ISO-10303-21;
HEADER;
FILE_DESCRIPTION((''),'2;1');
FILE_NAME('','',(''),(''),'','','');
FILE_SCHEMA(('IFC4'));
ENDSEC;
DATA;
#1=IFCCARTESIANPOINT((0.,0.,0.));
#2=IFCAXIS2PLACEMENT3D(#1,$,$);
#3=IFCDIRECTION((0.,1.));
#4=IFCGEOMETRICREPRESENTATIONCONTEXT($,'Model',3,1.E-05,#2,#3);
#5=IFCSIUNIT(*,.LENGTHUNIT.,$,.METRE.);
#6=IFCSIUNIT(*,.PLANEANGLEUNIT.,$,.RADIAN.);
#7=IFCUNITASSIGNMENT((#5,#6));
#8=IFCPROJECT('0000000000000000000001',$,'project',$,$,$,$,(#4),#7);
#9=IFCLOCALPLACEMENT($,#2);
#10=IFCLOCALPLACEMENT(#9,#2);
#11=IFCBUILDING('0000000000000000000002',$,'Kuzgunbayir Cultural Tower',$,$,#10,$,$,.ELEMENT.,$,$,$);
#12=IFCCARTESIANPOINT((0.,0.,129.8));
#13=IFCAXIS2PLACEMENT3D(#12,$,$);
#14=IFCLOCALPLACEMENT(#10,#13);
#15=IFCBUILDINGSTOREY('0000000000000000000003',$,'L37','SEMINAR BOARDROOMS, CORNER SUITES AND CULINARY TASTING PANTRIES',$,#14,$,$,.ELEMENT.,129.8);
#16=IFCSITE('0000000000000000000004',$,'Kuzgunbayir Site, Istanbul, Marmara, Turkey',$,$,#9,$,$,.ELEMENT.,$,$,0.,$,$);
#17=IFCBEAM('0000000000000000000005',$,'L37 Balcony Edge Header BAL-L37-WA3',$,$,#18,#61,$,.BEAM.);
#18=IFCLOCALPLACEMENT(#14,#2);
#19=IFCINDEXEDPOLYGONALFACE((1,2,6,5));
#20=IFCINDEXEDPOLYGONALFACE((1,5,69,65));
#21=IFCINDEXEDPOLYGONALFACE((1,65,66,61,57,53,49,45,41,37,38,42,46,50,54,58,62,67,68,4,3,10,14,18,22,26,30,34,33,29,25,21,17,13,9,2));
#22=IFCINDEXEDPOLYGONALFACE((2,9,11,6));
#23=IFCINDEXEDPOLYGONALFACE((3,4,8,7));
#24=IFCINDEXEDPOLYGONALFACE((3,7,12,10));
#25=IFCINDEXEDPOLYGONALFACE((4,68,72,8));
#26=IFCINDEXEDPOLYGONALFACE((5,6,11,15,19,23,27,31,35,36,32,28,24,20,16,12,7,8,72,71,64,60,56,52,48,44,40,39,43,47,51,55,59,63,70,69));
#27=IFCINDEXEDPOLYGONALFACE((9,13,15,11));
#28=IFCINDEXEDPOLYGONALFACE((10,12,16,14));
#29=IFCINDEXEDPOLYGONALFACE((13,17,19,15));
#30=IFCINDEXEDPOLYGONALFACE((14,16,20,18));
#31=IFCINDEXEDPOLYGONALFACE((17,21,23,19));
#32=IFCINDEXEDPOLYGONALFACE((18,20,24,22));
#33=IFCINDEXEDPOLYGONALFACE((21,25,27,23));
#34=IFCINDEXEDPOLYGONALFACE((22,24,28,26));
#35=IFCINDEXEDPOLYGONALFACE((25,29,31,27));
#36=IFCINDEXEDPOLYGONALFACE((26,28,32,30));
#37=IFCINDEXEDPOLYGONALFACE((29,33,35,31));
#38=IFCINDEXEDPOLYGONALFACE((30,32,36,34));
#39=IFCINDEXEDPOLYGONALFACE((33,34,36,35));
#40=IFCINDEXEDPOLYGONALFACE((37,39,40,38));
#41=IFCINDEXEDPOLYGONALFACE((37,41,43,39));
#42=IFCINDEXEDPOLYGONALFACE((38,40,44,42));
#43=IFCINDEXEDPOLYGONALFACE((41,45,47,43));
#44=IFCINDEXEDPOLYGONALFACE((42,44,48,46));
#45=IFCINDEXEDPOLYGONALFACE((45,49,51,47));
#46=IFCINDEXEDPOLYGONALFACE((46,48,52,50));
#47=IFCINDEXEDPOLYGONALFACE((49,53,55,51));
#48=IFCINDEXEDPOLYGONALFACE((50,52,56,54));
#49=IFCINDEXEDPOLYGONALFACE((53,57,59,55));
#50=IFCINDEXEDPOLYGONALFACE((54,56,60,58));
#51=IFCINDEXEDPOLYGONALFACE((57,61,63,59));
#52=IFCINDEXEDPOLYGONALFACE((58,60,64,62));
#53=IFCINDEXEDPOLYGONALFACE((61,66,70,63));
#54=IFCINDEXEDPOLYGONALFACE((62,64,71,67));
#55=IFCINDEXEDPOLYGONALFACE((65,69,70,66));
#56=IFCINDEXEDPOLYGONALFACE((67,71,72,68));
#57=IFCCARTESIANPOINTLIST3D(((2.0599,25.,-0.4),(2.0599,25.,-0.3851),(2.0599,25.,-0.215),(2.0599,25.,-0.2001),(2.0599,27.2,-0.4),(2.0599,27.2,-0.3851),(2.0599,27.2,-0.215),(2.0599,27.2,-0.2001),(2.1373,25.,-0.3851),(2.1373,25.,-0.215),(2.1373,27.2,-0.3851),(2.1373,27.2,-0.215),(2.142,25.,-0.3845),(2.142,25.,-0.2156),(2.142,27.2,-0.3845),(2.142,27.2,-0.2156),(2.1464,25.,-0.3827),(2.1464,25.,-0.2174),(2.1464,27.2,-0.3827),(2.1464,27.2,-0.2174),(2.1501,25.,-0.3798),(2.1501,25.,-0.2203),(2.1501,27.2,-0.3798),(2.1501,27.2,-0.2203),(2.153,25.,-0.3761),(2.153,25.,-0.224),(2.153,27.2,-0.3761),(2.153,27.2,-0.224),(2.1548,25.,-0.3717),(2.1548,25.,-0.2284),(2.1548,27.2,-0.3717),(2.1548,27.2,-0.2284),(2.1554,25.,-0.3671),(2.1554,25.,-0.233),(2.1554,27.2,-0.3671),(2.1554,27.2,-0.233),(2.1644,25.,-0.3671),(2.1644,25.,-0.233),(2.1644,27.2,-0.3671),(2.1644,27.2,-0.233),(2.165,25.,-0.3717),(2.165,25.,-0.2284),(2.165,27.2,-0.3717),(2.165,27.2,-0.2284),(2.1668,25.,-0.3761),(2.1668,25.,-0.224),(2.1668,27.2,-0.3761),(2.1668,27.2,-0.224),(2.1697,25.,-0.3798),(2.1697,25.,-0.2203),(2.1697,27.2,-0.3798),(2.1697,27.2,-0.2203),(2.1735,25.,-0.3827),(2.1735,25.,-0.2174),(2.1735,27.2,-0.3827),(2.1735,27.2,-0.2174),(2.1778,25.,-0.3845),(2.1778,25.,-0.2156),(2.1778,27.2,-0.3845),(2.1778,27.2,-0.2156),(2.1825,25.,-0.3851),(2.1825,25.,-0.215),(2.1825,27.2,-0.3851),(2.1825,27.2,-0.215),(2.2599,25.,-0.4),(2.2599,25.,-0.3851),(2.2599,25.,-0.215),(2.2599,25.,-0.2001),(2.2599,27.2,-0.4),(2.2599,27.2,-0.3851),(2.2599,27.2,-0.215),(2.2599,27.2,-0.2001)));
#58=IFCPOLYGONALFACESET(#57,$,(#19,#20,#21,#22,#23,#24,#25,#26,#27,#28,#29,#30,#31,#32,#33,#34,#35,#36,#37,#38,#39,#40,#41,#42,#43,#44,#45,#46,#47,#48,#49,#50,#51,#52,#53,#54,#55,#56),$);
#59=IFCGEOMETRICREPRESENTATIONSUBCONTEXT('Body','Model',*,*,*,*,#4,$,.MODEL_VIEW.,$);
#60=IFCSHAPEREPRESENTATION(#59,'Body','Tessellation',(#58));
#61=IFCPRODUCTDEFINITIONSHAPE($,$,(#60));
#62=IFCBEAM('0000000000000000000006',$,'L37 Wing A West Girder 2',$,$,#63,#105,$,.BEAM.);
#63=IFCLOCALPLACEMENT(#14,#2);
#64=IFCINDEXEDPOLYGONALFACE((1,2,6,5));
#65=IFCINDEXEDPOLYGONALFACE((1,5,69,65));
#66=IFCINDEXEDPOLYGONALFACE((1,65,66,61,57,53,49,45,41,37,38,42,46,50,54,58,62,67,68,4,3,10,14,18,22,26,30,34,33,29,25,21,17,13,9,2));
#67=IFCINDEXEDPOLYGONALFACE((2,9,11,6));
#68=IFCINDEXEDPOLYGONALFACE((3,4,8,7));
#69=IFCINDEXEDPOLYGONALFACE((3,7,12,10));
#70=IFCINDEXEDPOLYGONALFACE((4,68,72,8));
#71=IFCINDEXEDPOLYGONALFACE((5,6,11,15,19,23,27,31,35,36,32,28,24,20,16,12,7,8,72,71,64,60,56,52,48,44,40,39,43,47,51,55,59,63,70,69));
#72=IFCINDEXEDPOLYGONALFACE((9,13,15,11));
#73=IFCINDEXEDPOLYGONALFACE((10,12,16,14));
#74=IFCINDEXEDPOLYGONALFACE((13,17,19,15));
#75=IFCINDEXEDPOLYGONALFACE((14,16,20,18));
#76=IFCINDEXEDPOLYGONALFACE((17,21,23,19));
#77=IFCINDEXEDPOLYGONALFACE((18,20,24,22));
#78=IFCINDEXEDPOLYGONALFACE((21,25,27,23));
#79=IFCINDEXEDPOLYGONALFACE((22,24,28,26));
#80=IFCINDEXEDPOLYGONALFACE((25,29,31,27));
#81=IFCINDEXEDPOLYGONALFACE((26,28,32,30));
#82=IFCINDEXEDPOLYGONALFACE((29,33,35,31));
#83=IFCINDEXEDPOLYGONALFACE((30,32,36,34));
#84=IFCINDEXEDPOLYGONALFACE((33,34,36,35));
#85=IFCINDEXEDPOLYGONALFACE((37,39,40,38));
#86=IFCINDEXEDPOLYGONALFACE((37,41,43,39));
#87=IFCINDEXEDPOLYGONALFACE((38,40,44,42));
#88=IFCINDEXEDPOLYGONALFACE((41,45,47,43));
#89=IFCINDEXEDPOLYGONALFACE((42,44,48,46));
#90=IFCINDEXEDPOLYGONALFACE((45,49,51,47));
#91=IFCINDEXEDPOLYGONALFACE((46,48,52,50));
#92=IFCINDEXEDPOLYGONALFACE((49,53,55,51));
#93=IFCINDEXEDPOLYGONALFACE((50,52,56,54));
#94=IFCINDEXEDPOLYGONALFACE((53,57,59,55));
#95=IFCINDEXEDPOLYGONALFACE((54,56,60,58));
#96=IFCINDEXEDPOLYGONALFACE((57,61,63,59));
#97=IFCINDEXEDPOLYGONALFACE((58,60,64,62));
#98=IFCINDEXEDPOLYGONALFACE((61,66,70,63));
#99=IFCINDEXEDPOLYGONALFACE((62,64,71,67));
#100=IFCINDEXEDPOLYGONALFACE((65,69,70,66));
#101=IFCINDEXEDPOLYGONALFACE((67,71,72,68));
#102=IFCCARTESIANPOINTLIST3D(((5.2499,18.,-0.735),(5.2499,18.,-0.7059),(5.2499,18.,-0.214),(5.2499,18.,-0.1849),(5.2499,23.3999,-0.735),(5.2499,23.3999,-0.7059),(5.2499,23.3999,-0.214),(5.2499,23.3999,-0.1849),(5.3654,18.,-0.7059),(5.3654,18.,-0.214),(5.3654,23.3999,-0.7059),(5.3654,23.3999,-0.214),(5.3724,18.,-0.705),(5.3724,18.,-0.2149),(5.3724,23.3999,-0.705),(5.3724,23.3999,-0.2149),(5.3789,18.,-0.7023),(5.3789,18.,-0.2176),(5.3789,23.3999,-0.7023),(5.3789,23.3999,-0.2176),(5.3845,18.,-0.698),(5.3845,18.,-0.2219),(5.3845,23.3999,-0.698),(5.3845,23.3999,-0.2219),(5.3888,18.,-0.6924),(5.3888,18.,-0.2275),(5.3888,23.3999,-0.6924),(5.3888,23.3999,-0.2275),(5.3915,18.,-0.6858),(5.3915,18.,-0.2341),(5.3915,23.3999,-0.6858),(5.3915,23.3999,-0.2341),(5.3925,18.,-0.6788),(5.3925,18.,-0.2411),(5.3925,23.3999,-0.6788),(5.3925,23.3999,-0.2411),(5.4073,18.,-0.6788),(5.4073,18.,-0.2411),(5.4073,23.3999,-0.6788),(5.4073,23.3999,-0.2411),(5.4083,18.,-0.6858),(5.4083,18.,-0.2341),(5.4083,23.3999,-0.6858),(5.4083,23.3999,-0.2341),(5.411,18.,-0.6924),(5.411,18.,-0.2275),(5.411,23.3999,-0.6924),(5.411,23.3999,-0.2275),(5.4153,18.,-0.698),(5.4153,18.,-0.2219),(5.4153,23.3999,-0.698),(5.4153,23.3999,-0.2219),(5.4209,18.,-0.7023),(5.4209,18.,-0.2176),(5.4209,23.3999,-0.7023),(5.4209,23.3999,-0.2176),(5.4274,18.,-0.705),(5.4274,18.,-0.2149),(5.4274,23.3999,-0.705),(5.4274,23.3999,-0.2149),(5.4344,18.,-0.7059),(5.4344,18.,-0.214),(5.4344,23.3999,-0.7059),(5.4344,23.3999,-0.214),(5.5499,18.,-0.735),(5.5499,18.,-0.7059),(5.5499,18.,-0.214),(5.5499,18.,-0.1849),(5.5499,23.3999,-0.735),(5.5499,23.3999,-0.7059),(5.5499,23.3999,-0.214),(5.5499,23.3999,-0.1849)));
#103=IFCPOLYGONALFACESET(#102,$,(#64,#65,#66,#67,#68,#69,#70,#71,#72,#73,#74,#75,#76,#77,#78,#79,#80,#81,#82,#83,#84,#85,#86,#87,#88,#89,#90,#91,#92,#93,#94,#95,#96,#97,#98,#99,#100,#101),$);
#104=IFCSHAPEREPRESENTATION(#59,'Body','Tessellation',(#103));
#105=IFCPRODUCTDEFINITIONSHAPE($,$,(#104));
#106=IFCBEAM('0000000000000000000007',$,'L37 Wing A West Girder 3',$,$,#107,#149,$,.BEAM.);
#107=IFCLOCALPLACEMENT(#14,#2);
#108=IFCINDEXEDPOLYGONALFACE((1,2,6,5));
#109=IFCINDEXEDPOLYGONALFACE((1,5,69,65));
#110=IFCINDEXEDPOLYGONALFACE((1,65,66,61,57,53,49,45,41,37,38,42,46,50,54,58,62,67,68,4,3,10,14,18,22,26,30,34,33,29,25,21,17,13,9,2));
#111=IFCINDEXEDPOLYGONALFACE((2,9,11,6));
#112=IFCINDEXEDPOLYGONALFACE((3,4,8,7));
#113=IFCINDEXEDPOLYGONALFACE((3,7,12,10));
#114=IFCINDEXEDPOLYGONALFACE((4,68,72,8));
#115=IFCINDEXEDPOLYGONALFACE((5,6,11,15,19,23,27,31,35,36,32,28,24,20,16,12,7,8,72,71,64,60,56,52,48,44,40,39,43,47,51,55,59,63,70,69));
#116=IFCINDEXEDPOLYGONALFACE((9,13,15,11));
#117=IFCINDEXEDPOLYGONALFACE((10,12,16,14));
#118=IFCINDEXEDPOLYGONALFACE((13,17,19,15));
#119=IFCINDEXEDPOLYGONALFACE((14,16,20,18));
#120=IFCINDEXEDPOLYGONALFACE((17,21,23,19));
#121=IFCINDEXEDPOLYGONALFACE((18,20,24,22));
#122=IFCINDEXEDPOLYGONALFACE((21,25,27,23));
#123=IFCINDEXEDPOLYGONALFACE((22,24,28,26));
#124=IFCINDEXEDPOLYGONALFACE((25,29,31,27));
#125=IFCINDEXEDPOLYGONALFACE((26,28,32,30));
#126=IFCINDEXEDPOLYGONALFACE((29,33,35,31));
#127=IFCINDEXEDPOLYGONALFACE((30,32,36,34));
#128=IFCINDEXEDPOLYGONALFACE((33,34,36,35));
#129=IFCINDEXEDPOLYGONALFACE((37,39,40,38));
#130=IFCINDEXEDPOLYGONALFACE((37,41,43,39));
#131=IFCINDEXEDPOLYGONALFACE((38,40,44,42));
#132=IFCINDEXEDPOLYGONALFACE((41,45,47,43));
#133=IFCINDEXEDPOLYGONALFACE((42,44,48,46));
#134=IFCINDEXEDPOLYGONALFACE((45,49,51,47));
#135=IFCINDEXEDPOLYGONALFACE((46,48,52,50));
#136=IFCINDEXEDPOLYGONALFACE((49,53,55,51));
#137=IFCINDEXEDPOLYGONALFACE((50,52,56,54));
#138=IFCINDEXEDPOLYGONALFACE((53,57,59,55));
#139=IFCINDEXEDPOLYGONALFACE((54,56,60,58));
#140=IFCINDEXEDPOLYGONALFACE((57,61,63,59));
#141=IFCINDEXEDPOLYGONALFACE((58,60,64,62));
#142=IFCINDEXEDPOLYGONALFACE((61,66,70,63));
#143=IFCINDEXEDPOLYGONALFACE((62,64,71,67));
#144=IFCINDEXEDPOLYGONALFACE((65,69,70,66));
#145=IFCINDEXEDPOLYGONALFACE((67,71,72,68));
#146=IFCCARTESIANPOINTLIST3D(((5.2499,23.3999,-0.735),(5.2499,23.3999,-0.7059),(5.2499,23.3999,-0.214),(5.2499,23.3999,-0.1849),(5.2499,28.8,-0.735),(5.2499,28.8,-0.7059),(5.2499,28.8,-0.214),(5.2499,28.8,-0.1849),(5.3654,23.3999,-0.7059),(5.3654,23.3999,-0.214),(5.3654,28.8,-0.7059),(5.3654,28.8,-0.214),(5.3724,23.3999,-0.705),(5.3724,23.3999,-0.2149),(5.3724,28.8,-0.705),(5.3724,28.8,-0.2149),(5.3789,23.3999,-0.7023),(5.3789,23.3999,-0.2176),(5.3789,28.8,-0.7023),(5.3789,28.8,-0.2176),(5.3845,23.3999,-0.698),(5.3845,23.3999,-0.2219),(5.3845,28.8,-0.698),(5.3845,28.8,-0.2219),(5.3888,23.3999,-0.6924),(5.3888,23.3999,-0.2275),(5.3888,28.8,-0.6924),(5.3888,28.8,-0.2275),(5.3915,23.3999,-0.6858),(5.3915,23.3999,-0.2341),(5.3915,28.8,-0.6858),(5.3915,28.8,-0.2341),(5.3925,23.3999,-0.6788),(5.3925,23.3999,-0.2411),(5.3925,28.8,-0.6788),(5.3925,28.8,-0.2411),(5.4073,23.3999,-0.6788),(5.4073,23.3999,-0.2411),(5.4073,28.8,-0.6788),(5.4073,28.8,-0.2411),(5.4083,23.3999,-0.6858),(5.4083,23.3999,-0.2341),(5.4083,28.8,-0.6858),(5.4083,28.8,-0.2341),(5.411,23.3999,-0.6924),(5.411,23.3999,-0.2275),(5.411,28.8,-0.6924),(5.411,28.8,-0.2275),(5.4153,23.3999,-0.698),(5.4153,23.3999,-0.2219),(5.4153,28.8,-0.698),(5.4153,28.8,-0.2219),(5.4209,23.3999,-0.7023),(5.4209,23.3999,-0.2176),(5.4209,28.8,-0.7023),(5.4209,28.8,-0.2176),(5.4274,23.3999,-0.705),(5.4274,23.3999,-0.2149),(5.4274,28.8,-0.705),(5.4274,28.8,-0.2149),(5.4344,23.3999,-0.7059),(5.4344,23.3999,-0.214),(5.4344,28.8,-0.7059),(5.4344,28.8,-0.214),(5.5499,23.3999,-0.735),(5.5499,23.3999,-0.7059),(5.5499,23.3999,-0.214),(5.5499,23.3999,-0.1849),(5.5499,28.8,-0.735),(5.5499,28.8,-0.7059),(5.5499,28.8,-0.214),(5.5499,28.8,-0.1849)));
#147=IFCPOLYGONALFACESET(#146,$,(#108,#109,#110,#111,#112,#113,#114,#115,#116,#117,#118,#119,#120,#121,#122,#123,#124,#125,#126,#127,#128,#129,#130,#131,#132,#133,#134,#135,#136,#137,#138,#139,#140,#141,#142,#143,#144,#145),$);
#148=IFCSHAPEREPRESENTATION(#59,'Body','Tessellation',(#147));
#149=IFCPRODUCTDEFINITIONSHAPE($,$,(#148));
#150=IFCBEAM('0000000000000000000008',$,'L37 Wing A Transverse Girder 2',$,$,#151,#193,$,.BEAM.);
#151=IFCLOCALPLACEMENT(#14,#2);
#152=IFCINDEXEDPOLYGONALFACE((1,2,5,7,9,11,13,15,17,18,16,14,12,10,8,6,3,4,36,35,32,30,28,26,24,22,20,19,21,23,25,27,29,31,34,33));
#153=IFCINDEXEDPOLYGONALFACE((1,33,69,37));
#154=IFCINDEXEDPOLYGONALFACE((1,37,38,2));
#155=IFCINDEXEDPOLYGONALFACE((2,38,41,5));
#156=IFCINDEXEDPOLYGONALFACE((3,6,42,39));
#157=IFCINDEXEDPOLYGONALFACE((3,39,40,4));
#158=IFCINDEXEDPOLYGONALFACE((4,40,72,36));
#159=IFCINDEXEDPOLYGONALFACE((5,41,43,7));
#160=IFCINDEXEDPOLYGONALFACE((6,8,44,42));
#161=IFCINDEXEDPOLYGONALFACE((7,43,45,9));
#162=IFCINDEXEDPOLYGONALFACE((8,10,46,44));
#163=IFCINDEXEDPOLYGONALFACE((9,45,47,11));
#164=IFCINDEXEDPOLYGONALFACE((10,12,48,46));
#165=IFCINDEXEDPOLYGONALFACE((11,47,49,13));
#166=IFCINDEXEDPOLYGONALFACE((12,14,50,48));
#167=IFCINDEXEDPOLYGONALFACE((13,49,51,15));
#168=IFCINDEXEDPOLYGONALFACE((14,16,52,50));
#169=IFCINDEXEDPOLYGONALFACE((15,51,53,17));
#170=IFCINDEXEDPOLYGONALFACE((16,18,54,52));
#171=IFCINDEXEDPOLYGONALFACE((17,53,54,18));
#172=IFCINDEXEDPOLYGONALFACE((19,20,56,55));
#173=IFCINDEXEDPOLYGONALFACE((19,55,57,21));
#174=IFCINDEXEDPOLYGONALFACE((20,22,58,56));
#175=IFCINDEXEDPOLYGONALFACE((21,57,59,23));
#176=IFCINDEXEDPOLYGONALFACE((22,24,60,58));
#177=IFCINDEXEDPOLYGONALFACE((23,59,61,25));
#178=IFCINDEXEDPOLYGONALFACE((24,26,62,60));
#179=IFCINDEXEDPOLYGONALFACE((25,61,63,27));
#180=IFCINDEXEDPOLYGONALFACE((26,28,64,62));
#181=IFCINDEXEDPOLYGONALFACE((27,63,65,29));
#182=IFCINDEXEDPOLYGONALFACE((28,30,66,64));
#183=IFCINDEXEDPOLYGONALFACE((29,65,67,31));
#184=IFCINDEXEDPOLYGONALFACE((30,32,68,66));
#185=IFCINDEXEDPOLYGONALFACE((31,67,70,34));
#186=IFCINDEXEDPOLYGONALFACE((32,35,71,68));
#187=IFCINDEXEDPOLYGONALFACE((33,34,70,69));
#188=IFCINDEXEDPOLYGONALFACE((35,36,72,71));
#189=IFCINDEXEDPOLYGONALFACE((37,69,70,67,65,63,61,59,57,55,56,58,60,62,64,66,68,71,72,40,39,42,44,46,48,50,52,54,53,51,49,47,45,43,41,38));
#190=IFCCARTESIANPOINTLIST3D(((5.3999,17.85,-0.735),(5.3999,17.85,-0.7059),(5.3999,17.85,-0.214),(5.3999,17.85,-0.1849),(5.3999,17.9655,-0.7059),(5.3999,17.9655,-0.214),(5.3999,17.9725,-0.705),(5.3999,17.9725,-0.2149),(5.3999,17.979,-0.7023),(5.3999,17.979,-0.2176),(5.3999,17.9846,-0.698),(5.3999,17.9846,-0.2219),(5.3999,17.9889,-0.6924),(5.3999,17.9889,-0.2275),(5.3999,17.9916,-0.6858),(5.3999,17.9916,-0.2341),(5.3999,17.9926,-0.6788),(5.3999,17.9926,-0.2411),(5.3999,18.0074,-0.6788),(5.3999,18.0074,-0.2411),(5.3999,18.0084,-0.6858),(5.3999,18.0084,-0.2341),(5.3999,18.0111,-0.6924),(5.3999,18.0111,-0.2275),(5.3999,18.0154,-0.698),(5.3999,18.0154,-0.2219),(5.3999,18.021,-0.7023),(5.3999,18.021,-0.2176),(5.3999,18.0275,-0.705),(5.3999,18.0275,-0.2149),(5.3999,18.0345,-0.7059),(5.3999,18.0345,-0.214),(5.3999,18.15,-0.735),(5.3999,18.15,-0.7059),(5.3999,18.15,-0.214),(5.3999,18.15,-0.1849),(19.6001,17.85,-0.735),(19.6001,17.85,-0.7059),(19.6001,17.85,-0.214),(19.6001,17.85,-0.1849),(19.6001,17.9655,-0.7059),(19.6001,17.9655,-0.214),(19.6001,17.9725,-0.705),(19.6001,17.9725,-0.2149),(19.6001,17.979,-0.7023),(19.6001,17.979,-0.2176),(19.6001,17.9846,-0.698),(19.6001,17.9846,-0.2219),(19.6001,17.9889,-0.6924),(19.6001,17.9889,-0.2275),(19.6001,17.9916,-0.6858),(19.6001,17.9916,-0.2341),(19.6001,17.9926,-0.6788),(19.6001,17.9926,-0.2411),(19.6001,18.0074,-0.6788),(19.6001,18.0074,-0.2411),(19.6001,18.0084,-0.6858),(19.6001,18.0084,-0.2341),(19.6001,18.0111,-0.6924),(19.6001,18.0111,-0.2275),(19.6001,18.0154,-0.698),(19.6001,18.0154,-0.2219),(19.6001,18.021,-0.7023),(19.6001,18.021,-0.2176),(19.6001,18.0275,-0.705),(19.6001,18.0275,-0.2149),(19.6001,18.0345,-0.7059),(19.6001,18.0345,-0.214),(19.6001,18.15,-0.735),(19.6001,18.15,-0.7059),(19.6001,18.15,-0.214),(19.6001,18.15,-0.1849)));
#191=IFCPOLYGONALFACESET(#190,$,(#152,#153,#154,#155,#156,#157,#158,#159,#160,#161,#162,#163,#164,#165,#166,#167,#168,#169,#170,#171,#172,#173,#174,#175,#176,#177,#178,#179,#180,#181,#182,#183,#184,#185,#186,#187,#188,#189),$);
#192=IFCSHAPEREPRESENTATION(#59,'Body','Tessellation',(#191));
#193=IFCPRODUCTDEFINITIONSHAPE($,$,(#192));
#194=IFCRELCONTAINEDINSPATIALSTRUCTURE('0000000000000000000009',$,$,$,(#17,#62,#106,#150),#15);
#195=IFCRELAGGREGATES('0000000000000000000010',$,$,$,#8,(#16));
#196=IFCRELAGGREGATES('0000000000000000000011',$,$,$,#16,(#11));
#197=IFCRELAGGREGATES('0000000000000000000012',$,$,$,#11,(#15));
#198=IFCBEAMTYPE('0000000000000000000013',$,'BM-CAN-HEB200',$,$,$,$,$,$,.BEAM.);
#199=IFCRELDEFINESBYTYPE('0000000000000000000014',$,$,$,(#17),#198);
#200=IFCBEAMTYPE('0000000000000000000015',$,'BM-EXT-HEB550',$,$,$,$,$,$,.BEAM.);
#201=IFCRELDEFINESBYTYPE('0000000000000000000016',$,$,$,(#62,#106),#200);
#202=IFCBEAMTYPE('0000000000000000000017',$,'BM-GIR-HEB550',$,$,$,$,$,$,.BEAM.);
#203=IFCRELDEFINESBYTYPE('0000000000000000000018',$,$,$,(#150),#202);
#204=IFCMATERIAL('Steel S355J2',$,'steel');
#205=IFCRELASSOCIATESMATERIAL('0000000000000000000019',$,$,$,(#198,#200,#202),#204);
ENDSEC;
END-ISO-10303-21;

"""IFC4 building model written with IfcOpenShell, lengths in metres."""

from ifc_helpers import new_model, si_unit, direction, frame, origin, origin_2d, place, context, subcontext, project, spatial, i_section, extrude, material, material_profile, profile_set, type_object, element, save


model = new_model("IFC4")

# Units and contexts
model_context = context("Model", 3, precision=1e-05, world=origin(), true_north=direction((0.0, 1.0)))
body_context = subcontext(model_context, "Body", "Model", "MODEL_VIEW")
ifc_project = project(units=[si_unit("LENGTHUNIT", "METRE"), si_unit("PLANEANGLEUNIT", "RADIAN")], contexts=[model_context])

# Site, building, storey
site_placement = place(None, origin())
site = spatial("IfcSite", under=ifc_project, at=site_placement, Name="Kuzgunbayir Site, Istanbul, Marmara, Turkey", CompositionType="ELEMENT", RefElevation=0.0)
building_placement = place(site_placement, origin())
building = spatial("IfcBuilding", under=site, at=building_placement, Name="Kuzgunbayir Cultural Tower", CompositionType="ELEMENT")
storey_placement = place(building_placement, frame((0.0, 0.0, 129.8)))
storey = spatial("IfcBuildingStorey", under=building, at=storey_placement, Name="L37", Description="SEMINAR BOARDROOMS, CORNER SUITES AND CULINARY TASTING PANTRIES", CompositionType="ELEMENT", Elevation=129.8)

# Beams
ifc_material_1 = material(Name="Steel S355J2", Category="steel")
ifc_material_profile_1 = material_profile(ifc_material_1, i_section(OverallWidth=0.2, OverallDepth=0.2, WebThickness=0.009, FlangeThickness=0.0149, FilletRadius=0.0181, at=origin_2d()), Name="HEB 200")
ifc_profile_set_1 = profile_set([ifc_material_profile_1], Name="Steel S355J2")
beam_type_1 = type_object("IfcBeamType", Name="BM-CAN-HEB200", PredefinedType="BEAM", material=ifc_profile_set_1)
beam_1_placement = place(storey_placement, frame((2.1599, 25.0, -0.3), z_axis=(0.0, 1.0, 0.0), x_axis=(-1.0, 0.0, 0.0)))
element("IfcBeam", 1, at=beam_1_placement, inside=storey, type_object=beam_type_1, Name="L37 Balcony Edge Header BAL-L37-WA3", PredefinedType="BEAM", context=body_context, shape_type="SweptSolid", body=[
    extrude(i_section(OverallWidth=0.2, OverallDepth=0.2, WebThickness=0.009, FlangeThickness=0.0149, FilletRadius=0.0181, at=origin_2d()), origin(), (0.0, 0.0, 1.0), 2.2),
])
ifc_material_profile_2 = material_profile(ifc_material_1, i_section(OverallWidth=0.3, OverallDepth=0.55, WebThickness=0.0149, FlangeThickness=0.0291, FilletRadius=0.0271, at=origin_2d()), Name="HEB 550")
ifc_profile_set_2 = profile_set([ifc_material_profile_2], Name="Steel S355J2")
beam_type_2 = type_object("IfcBeamType", Name="BM-EXT-HEB550", PredefinedType="BEAM", material=ifc_profile_set_2)
beam_2_placement = place(storey_placement, frame((5.3999, 18.0, -0.46), z_axis=(0.0, 1.0, 0.0), x_axis=(-1.0, 0.0, 0.0)))
element("IfcBeam", 2, at=beam_2_placement, inside=storey, type_object=beam_type_2, Name="L37 Wing A West Girder 2", PredefinedType="BEAM", context=body_context, shape_type="SweptSolid", body=[
    extrude(i_section(OverallWidth=0.3, OverallDepth=0.55, WebThickness=0.0149, FlangeThickness=0.0291, FilletRadius=0.0271, at=origin_2d()), origin(), (0.0, 0.0, 1.0), 5.3999),
])
beam_3_placement = place(storey_placement, frame((5.3999, 23.3999, -0.46), z_axis=(0.0, 1.0, 0.0), x_axis=(-1.0, 0.0, 0.0)))
element("IfcBeam", 3, at=beam_3_placement, inside=storey, type_object=beam_type_2, Name="L37 Wing A West Girder 3", PredefinedType="BEAM", context=body_context, shape_type="SweptSolid", body=[
    extrude(i_section(OverallWidth=0.3, OverallDepth=0.55, WebThickness=0.0149, FlangeThickness=0.0291, FilletRadius=0.0271, at=origin_2d()), origin(), (0.0, 0.0, 1.0), 5.4001),
])
ifc_material_profile_3 = material_profile(ifc_material_1, i_section(OverallWidth=0.3, OverallDepth=0.55, WebThickness=0.0149, FlangeThickness=0.0291, FilletRadius=0.0271, at=origin_2d()), Name="HEB 550")
ifc_profile_set_3 = profile_set([ifc_material_profile_3], Name="Steel S355J2")
beam_type_3 = type_object("IfcBeamType", Name="BM-GIR-HEB550", PredefinedType="BEAM", material=ifc_profile_set_3)
for number, where, z_axis, x_axis, name in (
    (4, (5.3999, 18.0, -0.46), (1.0, 0.0, 0.0), (0.0, 1.0, 0.0), "L37 Wing A Transverse Girder 2"),
):
    element("IfcBeam", number, at=place(storey_placement, frame(where, z_axis=z_axis, x_axis=x_axis)), inside=storey, type_object=beam_type_3, Name=name, PredefinedType="BEAM", context=body_context, shape_type="SweptSolid", body=[
        extrude(i_section(OverallWidth=0.3, OverallDepth=0.55, WebThickness=0.0149, FlangeThickness=0.0291, FilletRadius=0.0271, at=origin_2d()), origin(), (0.0, 0.0, 1.0), 14.2002),
    ])

save(model, "model.ifc")
